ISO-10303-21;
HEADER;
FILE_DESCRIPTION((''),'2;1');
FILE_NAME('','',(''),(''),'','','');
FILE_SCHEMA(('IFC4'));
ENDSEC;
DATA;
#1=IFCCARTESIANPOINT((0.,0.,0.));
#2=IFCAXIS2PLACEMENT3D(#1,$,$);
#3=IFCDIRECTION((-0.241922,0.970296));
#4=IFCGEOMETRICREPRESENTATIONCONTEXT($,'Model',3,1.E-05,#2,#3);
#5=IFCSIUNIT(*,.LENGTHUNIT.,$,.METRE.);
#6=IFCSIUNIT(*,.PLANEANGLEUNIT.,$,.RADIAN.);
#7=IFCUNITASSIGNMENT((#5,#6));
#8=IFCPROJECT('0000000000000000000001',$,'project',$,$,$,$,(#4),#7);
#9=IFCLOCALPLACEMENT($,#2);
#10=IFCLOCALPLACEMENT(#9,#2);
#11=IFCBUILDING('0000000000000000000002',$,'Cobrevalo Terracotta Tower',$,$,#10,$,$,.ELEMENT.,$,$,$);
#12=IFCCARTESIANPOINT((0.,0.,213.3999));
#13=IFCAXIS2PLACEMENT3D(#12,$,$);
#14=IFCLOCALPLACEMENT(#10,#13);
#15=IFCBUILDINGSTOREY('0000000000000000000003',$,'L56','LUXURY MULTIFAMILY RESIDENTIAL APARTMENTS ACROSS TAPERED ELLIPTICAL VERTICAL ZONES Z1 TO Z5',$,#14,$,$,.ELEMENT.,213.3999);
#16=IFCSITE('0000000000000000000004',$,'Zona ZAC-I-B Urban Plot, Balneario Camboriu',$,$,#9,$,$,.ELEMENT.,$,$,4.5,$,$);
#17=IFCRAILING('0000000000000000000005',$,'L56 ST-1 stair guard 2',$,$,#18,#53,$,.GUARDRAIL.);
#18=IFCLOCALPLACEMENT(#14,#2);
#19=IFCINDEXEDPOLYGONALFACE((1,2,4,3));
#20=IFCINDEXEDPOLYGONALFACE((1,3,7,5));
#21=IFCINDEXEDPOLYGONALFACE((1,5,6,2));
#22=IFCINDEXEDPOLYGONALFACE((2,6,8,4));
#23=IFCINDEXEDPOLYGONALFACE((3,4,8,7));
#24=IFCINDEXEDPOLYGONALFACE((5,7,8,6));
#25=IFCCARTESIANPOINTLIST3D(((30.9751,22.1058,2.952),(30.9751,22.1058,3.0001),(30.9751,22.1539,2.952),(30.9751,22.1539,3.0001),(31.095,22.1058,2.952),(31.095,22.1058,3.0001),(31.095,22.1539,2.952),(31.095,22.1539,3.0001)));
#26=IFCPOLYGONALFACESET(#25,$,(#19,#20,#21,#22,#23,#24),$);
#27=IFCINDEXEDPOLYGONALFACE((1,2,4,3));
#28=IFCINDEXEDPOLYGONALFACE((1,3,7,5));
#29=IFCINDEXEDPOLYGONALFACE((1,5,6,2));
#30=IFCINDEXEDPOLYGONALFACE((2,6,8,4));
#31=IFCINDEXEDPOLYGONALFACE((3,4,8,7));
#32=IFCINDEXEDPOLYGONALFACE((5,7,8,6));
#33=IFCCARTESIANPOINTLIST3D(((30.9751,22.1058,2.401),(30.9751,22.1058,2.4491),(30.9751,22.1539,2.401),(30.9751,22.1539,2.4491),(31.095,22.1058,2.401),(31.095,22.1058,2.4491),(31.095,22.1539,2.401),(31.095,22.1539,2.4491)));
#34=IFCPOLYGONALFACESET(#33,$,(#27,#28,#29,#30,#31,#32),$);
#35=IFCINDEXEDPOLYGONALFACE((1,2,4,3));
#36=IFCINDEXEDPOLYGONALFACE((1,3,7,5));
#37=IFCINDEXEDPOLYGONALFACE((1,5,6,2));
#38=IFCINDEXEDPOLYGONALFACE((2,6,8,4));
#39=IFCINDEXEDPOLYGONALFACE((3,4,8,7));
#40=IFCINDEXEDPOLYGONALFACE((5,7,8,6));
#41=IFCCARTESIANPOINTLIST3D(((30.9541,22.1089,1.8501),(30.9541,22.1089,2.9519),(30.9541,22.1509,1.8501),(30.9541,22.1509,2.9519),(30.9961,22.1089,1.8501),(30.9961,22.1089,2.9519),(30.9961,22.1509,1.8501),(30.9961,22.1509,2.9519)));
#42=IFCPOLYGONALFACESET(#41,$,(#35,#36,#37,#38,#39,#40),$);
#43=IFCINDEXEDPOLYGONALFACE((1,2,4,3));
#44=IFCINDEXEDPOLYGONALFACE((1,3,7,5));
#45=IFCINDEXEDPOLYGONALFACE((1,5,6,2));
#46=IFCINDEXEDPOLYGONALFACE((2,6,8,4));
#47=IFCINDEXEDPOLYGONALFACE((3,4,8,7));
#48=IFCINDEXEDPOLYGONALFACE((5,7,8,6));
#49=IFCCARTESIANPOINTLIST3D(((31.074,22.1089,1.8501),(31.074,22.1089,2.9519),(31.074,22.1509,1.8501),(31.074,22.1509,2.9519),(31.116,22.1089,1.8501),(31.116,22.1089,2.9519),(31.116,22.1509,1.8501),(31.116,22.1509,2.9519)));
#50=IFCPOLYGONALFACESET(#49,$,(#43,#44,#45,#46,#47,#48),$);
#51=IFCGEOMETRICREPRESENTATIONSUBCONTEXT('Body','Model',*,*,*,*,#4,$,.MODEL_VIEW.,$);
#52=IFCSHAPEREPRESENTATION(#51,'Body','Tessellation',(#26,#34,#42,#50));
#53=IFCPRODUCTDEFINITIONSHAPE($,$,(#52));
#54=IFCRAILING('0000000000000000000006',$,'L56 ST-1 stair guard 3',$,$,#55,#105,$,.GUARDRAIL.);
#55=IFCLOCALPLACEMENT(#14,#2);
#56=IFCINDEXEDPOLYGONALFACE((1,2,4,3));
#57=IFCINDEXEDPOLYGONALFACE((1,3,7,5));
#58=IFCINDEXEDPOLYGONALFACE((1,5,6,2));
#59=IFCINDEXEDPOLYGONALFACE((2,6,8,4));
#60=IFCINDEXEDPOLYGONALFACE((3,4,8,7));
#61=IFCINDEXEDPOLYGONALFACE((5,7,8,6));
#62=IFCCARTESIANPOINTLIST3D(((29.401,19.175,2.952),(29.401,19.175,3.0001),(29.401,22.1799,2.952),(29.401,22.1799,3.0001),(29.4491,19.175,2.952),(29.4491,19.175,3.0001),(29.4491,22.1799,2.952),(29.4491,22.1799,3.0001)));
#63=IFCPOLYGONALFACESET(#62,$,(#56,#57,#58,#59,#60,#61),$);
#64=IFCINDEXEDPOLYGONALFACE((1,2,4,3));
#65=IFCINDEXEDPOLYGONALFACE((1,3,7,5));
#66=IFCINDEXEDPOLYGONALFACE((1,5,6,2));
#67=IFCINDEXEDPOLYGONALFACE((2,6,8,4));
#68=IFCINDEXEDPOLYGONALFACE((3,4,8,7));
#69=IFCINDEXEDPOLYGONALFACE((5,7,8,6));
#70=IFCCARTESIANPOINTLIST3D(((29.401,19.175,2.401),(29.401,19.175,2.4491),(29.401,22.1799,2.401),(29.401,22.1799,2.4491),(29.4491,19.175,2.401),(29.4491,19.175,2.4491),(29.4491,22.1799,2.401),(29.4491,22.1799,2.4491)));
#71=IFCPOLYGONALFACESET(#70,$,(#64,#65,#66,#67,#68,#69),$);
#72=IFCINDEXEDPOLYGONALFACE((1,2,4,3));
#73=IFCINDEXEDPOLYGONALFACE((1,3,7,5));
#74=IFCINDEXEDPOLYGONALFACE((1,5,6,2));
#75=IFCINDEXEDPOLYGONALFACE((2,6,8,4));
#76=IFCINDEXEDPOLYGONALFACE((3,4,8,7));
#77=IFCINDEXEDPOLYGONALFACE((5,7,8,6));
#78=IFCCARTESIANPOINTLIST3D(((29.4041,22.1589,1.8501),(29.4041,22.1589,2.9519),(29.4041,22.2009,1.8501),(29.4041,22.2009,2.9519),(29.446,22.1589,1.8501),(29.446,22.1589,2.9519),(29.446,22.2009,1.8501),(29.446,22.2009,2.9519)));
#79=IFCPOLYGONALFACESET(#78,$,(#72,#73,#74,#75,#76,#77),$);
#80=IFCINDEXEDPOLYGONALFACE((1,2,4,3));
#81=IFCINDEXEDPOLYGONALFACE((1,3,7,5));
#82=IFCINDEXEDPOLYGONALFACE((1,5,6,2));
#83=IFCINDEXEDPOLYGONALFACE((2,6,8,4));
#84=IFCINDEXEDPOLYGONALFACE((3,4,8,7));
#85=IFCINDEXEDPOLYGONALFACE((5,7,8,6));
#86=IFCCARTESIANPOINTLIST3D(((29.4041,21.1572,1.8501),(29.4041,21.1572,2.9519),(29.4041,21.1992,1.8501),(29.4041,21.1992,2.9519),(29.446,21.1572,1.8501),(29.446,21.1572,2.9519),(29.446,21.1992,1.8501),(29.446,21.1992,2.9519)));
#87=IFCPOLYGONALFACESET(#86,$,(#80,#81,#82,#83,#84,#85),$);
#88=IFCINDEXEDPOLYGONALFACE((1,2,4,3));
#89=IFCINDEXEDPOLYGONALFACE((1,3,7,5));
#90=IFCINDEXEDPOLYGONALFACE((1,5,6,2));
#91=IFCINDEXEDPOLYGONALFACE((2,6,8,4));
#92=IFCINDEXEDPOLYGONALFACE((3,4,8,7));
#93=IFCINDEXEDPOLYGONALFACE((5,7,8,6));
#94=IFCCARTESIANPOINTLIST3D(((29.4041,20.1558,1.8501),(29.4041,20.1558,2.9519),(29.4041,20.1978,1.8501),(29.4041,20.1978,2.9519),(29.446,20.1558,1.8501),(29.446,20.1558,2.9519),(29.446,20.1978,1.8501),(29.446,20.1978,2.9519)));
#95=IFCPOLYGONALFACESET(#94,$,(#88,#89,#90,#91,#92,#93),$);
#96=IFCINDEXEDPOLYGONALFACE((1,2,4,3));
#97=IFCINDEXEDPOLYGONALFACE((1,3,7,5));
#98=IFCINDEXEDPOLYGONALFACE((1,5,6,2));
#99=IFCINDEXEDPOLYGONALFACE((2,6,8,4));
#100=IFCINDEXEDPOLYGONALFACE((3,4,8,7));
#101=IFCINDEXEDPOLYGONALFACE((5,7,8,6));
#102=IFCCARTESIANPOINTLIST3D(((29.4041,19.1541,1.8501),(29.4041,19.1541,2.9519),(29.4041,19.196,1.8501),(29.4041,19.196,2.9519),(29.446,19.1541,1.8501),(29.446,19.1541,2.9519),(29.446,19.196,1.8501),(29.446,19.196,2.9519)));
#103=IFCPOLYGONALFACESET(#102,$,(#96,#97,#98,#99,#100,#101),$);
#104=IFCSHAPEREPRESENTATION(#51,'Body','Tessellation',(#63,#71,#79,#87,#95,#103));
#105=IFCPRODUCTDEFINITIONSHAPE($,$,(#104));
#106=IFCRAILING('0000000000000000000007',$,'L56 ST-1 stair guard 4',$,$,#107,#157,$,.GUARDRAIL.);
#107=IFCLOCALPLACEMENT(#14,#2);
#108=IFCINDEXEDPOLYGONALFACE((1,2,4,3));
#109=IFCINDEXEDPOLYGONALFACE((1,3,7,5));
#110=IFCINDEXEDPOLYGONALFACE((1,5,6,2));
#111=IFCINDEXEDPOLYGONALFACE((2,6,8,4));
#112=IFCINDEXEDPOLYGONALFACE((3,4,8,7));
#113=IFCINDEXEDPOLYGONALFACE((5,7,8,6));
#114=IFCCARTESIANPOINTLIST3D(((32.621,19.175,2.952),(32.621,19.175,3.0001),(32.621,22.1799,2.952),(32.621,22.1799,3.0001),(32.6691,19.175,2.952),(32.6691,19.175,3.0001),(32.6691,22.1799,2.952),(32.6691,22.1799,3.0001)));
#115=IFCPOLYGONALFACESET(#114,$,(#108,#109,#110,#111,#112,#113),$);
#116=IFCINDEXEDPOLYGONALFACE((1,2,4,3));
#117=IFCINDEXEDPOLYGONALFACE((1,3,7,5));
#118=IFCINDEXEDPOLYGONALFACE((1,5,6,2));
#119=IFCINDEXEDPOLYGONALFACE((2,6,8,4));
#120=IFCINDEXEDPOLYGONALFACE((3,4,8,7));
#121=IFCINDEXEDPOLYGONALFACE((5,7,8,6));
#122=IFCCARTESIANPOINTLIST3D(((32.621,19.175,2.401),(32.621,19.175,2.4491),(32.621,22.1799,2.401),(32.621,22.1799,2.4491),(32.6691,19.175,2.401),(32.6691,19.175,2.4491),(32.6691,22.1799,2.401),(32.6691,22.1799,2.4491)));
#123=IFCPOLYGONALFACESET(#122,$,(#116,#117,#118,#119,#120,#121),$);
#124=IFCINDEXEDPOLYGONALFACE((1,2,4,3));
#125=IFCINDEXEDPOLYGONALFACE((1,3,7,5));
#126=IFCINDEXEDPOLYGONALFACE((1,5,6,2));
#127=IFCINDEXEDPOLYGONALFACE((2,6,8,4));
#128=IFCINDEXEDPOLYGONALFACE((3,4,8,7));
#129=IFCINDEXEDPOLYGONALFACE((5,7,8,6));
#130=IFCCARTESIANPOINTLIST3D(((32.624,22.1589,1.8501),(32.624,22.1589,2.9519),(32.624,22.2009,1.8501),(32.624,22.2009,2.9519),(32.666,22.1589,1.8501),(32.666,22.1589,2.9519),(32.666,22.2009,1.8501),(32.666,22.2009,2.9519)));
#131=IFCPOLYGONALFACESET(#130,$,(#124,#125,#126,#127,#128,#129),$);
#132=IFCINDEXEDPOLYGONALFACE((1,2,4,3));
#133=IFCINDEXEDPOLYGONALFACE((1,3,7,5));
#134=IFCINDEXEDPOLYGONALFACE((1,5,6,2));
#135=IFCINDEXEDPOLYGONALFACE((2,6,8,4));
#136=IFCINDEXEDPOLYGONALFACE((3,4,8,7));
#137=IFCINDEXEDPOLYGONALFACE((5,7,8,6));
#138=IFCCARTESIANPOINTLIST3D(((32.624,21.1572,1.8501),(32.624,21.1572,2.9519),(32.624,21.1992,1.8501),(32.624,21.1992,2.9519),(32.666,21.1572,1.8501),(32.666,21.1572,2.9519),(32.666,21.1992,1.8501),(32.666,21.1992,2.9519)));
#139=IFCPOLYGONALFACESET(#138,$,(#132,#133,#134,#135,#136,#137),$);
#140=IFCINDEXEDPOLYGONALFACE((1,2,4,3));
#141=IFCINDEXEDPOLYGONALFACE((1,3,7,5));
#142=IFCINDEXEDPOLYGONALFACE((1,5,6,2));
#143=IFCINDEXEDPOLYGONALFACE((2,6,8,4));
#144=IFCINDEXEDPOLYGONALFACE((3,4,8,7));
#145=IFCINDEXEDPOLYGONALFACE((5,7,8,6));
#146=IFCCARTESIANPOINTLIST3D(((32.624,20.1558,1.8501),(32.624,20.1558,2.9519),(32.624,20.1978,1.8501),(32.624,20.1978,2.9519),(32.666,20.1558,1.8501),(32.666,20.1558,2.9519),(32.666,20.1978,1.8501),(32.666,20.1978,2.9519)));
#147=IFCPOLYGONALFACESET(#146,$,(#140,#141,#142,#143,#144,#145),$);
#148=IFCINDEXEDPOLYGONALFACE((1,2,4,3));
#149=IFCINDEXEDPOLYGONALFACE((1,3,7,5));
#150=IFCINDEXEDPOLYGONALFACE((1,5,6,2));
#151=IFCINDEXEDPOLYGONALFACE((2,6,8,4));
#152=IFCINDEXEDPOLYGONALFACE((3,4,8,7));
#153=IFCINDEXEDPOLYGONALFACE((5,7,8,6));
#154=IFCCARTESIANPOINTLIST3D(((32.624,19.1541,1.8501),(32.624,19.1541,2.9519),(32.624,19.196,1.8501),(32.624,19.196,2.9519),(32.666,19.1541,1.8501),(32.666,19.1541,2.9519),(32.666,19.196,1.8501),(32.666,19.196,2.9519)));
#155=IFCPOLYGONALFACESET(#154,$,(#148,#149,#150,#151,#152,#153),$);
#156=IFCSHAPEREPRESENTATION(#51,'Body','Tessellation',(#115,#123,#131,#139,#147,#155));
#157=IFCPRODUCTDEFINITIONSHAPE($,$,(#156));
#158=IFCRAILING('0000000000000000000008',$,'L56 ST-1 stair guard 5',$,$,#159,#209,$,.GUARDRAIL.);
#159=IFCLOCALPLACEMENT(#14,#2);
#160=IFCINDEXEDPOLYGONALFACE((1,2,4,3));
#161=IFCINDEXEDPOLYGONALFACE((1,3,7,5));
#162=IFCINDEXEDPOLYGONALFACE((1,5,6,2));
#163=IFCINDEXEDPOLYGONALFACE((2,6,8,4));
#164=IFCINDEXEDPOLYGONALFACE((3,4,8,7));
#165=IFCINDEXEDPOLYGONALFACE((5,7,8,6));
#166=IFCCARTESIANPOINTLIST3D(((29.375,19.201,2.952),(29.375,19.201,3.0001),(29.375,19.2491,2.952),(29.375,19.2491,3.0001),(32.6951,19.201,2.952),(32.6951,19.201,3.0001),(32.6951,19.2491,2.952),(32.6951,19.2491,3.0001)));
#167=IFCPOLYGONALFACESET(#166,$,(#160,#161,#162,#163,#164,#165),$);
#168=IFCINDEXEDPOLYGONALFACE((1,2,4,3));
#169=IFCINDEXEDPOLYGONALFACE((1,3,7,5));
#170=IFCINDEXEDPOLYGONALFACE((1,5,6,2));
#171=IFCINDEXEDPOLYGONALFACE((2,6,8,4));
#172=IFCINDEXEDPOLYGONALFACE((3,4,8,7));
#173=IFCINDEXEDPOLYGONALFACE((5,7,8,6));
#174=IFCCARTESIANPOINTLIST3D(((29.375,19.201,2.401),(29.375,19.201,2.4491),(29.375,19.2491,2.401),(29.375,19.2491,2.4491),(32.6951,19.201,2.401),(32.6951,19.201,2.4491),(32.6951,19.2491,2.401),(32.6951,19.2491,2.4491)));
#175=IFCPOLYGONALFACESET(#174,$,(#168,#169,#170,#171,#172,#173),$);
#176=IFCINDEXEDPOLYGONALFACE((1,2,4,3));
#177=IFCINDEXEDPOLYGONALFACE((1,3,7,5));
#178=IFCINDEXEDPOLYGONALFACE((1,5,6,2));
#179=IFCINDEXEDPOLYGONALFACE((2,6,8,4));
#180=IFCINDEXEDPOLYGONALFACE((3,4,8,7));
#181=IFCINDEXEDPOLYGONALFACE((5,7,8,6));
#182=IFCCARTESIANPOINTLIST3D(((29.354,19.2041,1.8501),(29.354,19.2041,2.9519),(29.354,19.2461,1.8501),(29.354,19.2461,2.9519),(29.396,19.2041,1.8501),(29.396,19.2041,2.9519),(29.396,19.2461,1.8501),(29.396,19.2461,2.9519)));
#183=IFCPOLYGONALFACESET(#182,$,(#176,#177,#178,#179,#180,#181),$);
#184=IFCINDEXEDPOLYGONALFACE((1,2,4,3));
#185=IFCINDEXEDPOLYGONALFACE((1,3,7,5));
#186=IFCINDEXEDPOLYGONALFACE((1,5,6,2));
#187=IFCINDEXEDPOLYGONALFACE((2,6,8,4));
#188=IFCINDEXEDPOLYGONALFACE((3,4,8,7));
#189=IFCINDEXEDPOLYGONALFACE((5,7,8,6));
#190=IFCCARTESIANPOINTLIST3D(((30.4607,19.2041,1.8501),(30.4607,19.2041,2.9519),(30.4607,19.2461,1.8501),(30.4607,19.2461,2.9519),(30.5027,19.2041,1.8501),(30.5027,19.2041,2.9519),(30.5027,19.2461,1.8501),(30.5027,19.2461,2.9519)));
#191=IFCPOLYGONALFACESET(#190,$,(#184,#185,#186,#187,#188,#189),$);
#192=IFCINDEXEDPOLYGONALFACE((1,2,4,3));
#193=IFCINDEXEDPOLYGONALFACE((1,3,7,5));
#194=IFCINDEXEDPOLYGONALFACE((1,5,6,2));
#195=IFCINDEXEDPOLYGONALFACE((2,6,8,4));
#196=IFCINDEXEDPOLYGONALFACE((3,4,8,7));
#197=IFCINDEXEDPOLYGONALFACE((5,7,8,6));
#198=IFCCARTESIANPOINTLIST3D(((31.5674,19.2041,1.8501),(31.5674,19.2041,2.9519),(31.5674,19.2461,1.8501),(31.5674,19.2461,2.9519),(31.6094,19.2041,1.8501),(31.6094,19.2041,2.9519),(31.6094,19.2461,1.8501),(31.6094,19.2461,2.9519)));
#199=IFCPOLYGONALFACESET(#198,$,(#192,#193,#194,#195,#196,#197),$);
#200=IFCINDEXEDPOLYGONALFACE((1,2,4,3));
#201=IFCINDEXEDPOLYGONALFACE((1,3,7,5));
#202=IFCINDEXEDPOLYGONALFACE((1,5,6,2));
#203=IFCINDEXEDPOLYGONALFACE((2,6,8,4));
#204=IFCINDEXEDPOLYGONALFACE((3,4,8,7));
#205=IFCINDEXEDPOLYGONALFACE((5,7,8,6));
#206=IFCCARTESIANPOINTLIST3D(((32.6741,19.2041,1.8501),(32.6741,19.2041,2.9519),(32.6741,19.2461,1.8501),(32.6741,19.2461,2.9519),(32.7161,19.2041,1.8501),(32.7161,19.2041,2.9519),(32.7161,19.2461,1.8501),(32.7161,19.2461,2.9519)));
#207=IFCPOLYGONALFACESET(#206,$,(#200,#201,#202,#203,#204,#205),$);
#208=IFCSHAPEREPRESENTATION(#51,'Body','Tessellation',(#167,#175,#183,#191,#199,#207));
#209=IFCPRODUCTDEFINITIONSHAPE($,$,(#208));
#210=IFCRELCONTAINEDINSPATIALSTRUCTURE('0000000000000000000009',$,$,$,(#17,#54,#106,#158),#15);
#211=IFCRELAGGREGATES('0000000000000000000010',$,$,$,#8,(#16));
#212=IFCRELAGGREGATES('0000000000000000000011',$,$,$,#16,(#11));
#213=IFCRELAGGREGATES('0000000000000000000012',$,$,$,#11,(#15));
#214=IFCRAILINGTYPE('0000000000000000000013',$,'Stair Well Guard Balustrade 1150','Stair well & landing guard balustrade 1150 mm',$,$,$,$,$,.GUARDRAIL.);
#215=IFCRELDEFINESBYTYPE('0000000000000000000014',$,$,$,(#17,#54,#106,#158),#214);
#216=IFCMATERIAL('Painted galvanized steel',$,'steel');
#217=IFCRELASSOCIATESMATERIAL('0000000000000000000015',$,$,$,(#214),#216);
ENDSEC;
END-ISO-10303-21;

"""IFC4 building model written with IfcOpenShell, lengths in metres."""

from ifc_helpers import new_model, si_unit, direction, frame, origin, origin_2d, place, context, subcontext, project, spatial, rectangle, extrude, material, type_object, element, save


model = new_model("IFC4")

# Units and contexts
model_context = context("Model", 3, precision=1e-05, world=origin(), true_north=direction((-0.241922, 0.970296)))
body_context = subcontext(model_context, "Body", "Model", "MODEL_VIEW")
ifc_project = project(units=[si_unit("LENGTHUNIT", "METRE"), si_unit("PLANEANGLEUNIT", "RADIAN")], contexts=[model_context])

# Site, building, storey
site_placement = place(None, origin())
site = spatial("IfcSite", under=ifc_project, at=site_placement, Name="Zona ZAC-I-B Urban Plot, Balneario Camboriu", CompositionType="ELEMENT", RefElevation=4.5)
building_placement = place(site_placement, origin())
building = spatial("IfcBuilding", under=site, at=building_placement, Name="Cobrevalo Terracotta Tower", CompositionType="ELEMENT")
storey_placement = place(building_placement, frame((0.0, 0.0, 213.3999)))
storey = spatial("IfcBuildingStorey", under=building, at=storey_placement, Name="L56", Description="LUXURY MULTIFAMILY RESIDENTIAL APARTMENTS ACROSS TAPERED ELLIPTICAL VERTICAL ZONES Z1 TO Z5", CompositionType="ELEMENT", Elevation=213.3999)

# Railings
ifc_material_1 = material(Name="Painted galvanized steel", Category="steel")
railing_type_1 = type_object("IfcRailingType", Name="Stair Well Guard Balustrade 1150", Description="Stair well & landing guard balustrade 1150 mm", PredefinedType="GUARDRAIL", material=ifc_material_1)
railing_1_placement = place(storey_placement, frame((30.9751, 22.1299, 1.8501)))
element("IfcRailing", 1, at=railing_1_placement, inside=storey, type_object=railing_type_1, Name="L56 ST-1 stair guard 2", PredefinedType="GUARDRAIL", context=body_context, shape_type="SweptSolid", body=[
    extrude(rectangle(XDim=0.0481, YDim=0.0481, at=origin_2d()), frame((0.0, 0.0, 1.126), z_axis=(1.0, 0.0, 0.0), x_axis=(0.0, 1.0, 0.0)), (0.0, 0.0, 1.0), 0.1199),
    extrude(rectangle(XDim=0.0481, YDim=0.0481, at=origin_2d()), frame((0.0, 0.0, 0.575), z_axis=(1.0, 0.0, 0.0), x_axis=(0.0, 1.0, 0.0)), (0.0, 0.0, 1.0), 0.1199),
    extrude(rectangle(XDim=0.042, YDim=0.042, at=origin_2d()), origin(), (0.0, 0.0, 1.0), 1.1018),
    extrude(rectangle(XDim=0.042, YDim=0.042, at=origin_2d()), frame((0.1199, 0.0, 0.0)), (0.0, 0.0, 1.0), 1.1018),
])
for number, where, name in (
    (2, (29.425, 22.1799, 1.8501), "L56 ST-1 stair guard 3"),
    (3, (32.645, 22.1799, 1.8501), "L56 ST-1 stair guard 4"),
):
    element("IfcRailing", number, at=place(storey_placement, frame(where)), inside=storey, type_object=railing_type_1, Name=name, PredefinedType="GUARDRAIL", context=body_context, shape_type="SweptSolid", body=[
        extrude(rectangle(XDim=0.0481, YDim=0.0481, at=origin_2d()), frame((0.0, 0.0, 1.126), z_axis=(0.0, -1.0, 0.0), x_axis=(1.0, 0.0, 0.0)), (0.0, 0.0, 1.0), 3.0049),
        extrude(rectangle(XDim=0.0481, YDim=0.0481, at=origin_2d()), frame((0.0, 0.0, 0.575), z_axis=(0.0, -1.0, 0.0), x_axis=(1.0, 0.0, 0.0)), (0.0, 0.0, 1.0), 3.0049),
        extrude(rectangle(XDim=0.042, YDim=0.042, at=origin_2d()), origin(), (0.0, 0.0, 1.0), 1.1018),
        extrude(rectangle(XDim=0.042, YDim=0.042, at=origin_2d()), frame((0.0, -1.0017, 0.0)), (0.0, 0.0, 1.0), 1.1018),
        extrude(rectangle(XDim=0.042, YDim=0.042, at=origin_2d()), frame((0.0, -2.0032, 0.0)), (0.0, 0.0, 1.0), 1.1018),
        extrude(rectangle(XDim=0.042, YDim=0.042, at=origin_2d()), frame((0.0, -3.0049, 0.0)), (0.0, 0.0, 1.0), 1.1018),
    ])
railing_2_placement = place(storey_placement, frame((29.375, 19.2251, 1.8501)))
element("IfcRailing", 4, at=railing_2_placement, inside=storey, type_object=railing_type_1, Name="L56 ST-1 stair guard 5", PredefinedType="GUARDRAIL", context=body_context, shape_type="SweptSolid", body=[
    extrude(rectangle(XDim=0.0481, YDim=0.0481, at=origin_2d()), frame((0.0, 0.0, 1.126), z_axis=(1.0, 0.0, 0.0), x_axis=(0.0, 1.0, 0.0)), (0.0, 0.0, 1.0), 3.3201),
    extrude(rectangle(XDim=0.0481, YDim=0.0481, at=origin_2d()), frame((0.0, 0.0, 0.575), z_axis=(1.0, 0.0, 0.0), x_axis=(0.0, 1.0, 0.0)), (0.0, 0.0, 1.0), 3.3201),
    extrude(rectangle(XDim=0.042, YDim=0.042, at=origin_2d()), origin(), (0.0, 0.0, 1.0), 1.1018),
    extrude(rectangle(XDim=0.042, YDim=0.042, at=origin_2d()), frame((1.1067, 0.0, 0.0)), (0.0, 0.0, 1.0), 1.1018),
    extrude(rectangle(XDim=0.042, YDim=0.042, at=origin_2d()), frame((2.2134, 0.0, 0.0)), (0.0, 0.0, 1.0), 1.1018),
    extrude(rectangle(XDim=0.042, YDim=0.042, at=origin_2d()), frame((3.3201, 0.0, 0.0)), (0.0, 0.0, 1.0), 1.1018),
])

save(model, "model.ifc")
